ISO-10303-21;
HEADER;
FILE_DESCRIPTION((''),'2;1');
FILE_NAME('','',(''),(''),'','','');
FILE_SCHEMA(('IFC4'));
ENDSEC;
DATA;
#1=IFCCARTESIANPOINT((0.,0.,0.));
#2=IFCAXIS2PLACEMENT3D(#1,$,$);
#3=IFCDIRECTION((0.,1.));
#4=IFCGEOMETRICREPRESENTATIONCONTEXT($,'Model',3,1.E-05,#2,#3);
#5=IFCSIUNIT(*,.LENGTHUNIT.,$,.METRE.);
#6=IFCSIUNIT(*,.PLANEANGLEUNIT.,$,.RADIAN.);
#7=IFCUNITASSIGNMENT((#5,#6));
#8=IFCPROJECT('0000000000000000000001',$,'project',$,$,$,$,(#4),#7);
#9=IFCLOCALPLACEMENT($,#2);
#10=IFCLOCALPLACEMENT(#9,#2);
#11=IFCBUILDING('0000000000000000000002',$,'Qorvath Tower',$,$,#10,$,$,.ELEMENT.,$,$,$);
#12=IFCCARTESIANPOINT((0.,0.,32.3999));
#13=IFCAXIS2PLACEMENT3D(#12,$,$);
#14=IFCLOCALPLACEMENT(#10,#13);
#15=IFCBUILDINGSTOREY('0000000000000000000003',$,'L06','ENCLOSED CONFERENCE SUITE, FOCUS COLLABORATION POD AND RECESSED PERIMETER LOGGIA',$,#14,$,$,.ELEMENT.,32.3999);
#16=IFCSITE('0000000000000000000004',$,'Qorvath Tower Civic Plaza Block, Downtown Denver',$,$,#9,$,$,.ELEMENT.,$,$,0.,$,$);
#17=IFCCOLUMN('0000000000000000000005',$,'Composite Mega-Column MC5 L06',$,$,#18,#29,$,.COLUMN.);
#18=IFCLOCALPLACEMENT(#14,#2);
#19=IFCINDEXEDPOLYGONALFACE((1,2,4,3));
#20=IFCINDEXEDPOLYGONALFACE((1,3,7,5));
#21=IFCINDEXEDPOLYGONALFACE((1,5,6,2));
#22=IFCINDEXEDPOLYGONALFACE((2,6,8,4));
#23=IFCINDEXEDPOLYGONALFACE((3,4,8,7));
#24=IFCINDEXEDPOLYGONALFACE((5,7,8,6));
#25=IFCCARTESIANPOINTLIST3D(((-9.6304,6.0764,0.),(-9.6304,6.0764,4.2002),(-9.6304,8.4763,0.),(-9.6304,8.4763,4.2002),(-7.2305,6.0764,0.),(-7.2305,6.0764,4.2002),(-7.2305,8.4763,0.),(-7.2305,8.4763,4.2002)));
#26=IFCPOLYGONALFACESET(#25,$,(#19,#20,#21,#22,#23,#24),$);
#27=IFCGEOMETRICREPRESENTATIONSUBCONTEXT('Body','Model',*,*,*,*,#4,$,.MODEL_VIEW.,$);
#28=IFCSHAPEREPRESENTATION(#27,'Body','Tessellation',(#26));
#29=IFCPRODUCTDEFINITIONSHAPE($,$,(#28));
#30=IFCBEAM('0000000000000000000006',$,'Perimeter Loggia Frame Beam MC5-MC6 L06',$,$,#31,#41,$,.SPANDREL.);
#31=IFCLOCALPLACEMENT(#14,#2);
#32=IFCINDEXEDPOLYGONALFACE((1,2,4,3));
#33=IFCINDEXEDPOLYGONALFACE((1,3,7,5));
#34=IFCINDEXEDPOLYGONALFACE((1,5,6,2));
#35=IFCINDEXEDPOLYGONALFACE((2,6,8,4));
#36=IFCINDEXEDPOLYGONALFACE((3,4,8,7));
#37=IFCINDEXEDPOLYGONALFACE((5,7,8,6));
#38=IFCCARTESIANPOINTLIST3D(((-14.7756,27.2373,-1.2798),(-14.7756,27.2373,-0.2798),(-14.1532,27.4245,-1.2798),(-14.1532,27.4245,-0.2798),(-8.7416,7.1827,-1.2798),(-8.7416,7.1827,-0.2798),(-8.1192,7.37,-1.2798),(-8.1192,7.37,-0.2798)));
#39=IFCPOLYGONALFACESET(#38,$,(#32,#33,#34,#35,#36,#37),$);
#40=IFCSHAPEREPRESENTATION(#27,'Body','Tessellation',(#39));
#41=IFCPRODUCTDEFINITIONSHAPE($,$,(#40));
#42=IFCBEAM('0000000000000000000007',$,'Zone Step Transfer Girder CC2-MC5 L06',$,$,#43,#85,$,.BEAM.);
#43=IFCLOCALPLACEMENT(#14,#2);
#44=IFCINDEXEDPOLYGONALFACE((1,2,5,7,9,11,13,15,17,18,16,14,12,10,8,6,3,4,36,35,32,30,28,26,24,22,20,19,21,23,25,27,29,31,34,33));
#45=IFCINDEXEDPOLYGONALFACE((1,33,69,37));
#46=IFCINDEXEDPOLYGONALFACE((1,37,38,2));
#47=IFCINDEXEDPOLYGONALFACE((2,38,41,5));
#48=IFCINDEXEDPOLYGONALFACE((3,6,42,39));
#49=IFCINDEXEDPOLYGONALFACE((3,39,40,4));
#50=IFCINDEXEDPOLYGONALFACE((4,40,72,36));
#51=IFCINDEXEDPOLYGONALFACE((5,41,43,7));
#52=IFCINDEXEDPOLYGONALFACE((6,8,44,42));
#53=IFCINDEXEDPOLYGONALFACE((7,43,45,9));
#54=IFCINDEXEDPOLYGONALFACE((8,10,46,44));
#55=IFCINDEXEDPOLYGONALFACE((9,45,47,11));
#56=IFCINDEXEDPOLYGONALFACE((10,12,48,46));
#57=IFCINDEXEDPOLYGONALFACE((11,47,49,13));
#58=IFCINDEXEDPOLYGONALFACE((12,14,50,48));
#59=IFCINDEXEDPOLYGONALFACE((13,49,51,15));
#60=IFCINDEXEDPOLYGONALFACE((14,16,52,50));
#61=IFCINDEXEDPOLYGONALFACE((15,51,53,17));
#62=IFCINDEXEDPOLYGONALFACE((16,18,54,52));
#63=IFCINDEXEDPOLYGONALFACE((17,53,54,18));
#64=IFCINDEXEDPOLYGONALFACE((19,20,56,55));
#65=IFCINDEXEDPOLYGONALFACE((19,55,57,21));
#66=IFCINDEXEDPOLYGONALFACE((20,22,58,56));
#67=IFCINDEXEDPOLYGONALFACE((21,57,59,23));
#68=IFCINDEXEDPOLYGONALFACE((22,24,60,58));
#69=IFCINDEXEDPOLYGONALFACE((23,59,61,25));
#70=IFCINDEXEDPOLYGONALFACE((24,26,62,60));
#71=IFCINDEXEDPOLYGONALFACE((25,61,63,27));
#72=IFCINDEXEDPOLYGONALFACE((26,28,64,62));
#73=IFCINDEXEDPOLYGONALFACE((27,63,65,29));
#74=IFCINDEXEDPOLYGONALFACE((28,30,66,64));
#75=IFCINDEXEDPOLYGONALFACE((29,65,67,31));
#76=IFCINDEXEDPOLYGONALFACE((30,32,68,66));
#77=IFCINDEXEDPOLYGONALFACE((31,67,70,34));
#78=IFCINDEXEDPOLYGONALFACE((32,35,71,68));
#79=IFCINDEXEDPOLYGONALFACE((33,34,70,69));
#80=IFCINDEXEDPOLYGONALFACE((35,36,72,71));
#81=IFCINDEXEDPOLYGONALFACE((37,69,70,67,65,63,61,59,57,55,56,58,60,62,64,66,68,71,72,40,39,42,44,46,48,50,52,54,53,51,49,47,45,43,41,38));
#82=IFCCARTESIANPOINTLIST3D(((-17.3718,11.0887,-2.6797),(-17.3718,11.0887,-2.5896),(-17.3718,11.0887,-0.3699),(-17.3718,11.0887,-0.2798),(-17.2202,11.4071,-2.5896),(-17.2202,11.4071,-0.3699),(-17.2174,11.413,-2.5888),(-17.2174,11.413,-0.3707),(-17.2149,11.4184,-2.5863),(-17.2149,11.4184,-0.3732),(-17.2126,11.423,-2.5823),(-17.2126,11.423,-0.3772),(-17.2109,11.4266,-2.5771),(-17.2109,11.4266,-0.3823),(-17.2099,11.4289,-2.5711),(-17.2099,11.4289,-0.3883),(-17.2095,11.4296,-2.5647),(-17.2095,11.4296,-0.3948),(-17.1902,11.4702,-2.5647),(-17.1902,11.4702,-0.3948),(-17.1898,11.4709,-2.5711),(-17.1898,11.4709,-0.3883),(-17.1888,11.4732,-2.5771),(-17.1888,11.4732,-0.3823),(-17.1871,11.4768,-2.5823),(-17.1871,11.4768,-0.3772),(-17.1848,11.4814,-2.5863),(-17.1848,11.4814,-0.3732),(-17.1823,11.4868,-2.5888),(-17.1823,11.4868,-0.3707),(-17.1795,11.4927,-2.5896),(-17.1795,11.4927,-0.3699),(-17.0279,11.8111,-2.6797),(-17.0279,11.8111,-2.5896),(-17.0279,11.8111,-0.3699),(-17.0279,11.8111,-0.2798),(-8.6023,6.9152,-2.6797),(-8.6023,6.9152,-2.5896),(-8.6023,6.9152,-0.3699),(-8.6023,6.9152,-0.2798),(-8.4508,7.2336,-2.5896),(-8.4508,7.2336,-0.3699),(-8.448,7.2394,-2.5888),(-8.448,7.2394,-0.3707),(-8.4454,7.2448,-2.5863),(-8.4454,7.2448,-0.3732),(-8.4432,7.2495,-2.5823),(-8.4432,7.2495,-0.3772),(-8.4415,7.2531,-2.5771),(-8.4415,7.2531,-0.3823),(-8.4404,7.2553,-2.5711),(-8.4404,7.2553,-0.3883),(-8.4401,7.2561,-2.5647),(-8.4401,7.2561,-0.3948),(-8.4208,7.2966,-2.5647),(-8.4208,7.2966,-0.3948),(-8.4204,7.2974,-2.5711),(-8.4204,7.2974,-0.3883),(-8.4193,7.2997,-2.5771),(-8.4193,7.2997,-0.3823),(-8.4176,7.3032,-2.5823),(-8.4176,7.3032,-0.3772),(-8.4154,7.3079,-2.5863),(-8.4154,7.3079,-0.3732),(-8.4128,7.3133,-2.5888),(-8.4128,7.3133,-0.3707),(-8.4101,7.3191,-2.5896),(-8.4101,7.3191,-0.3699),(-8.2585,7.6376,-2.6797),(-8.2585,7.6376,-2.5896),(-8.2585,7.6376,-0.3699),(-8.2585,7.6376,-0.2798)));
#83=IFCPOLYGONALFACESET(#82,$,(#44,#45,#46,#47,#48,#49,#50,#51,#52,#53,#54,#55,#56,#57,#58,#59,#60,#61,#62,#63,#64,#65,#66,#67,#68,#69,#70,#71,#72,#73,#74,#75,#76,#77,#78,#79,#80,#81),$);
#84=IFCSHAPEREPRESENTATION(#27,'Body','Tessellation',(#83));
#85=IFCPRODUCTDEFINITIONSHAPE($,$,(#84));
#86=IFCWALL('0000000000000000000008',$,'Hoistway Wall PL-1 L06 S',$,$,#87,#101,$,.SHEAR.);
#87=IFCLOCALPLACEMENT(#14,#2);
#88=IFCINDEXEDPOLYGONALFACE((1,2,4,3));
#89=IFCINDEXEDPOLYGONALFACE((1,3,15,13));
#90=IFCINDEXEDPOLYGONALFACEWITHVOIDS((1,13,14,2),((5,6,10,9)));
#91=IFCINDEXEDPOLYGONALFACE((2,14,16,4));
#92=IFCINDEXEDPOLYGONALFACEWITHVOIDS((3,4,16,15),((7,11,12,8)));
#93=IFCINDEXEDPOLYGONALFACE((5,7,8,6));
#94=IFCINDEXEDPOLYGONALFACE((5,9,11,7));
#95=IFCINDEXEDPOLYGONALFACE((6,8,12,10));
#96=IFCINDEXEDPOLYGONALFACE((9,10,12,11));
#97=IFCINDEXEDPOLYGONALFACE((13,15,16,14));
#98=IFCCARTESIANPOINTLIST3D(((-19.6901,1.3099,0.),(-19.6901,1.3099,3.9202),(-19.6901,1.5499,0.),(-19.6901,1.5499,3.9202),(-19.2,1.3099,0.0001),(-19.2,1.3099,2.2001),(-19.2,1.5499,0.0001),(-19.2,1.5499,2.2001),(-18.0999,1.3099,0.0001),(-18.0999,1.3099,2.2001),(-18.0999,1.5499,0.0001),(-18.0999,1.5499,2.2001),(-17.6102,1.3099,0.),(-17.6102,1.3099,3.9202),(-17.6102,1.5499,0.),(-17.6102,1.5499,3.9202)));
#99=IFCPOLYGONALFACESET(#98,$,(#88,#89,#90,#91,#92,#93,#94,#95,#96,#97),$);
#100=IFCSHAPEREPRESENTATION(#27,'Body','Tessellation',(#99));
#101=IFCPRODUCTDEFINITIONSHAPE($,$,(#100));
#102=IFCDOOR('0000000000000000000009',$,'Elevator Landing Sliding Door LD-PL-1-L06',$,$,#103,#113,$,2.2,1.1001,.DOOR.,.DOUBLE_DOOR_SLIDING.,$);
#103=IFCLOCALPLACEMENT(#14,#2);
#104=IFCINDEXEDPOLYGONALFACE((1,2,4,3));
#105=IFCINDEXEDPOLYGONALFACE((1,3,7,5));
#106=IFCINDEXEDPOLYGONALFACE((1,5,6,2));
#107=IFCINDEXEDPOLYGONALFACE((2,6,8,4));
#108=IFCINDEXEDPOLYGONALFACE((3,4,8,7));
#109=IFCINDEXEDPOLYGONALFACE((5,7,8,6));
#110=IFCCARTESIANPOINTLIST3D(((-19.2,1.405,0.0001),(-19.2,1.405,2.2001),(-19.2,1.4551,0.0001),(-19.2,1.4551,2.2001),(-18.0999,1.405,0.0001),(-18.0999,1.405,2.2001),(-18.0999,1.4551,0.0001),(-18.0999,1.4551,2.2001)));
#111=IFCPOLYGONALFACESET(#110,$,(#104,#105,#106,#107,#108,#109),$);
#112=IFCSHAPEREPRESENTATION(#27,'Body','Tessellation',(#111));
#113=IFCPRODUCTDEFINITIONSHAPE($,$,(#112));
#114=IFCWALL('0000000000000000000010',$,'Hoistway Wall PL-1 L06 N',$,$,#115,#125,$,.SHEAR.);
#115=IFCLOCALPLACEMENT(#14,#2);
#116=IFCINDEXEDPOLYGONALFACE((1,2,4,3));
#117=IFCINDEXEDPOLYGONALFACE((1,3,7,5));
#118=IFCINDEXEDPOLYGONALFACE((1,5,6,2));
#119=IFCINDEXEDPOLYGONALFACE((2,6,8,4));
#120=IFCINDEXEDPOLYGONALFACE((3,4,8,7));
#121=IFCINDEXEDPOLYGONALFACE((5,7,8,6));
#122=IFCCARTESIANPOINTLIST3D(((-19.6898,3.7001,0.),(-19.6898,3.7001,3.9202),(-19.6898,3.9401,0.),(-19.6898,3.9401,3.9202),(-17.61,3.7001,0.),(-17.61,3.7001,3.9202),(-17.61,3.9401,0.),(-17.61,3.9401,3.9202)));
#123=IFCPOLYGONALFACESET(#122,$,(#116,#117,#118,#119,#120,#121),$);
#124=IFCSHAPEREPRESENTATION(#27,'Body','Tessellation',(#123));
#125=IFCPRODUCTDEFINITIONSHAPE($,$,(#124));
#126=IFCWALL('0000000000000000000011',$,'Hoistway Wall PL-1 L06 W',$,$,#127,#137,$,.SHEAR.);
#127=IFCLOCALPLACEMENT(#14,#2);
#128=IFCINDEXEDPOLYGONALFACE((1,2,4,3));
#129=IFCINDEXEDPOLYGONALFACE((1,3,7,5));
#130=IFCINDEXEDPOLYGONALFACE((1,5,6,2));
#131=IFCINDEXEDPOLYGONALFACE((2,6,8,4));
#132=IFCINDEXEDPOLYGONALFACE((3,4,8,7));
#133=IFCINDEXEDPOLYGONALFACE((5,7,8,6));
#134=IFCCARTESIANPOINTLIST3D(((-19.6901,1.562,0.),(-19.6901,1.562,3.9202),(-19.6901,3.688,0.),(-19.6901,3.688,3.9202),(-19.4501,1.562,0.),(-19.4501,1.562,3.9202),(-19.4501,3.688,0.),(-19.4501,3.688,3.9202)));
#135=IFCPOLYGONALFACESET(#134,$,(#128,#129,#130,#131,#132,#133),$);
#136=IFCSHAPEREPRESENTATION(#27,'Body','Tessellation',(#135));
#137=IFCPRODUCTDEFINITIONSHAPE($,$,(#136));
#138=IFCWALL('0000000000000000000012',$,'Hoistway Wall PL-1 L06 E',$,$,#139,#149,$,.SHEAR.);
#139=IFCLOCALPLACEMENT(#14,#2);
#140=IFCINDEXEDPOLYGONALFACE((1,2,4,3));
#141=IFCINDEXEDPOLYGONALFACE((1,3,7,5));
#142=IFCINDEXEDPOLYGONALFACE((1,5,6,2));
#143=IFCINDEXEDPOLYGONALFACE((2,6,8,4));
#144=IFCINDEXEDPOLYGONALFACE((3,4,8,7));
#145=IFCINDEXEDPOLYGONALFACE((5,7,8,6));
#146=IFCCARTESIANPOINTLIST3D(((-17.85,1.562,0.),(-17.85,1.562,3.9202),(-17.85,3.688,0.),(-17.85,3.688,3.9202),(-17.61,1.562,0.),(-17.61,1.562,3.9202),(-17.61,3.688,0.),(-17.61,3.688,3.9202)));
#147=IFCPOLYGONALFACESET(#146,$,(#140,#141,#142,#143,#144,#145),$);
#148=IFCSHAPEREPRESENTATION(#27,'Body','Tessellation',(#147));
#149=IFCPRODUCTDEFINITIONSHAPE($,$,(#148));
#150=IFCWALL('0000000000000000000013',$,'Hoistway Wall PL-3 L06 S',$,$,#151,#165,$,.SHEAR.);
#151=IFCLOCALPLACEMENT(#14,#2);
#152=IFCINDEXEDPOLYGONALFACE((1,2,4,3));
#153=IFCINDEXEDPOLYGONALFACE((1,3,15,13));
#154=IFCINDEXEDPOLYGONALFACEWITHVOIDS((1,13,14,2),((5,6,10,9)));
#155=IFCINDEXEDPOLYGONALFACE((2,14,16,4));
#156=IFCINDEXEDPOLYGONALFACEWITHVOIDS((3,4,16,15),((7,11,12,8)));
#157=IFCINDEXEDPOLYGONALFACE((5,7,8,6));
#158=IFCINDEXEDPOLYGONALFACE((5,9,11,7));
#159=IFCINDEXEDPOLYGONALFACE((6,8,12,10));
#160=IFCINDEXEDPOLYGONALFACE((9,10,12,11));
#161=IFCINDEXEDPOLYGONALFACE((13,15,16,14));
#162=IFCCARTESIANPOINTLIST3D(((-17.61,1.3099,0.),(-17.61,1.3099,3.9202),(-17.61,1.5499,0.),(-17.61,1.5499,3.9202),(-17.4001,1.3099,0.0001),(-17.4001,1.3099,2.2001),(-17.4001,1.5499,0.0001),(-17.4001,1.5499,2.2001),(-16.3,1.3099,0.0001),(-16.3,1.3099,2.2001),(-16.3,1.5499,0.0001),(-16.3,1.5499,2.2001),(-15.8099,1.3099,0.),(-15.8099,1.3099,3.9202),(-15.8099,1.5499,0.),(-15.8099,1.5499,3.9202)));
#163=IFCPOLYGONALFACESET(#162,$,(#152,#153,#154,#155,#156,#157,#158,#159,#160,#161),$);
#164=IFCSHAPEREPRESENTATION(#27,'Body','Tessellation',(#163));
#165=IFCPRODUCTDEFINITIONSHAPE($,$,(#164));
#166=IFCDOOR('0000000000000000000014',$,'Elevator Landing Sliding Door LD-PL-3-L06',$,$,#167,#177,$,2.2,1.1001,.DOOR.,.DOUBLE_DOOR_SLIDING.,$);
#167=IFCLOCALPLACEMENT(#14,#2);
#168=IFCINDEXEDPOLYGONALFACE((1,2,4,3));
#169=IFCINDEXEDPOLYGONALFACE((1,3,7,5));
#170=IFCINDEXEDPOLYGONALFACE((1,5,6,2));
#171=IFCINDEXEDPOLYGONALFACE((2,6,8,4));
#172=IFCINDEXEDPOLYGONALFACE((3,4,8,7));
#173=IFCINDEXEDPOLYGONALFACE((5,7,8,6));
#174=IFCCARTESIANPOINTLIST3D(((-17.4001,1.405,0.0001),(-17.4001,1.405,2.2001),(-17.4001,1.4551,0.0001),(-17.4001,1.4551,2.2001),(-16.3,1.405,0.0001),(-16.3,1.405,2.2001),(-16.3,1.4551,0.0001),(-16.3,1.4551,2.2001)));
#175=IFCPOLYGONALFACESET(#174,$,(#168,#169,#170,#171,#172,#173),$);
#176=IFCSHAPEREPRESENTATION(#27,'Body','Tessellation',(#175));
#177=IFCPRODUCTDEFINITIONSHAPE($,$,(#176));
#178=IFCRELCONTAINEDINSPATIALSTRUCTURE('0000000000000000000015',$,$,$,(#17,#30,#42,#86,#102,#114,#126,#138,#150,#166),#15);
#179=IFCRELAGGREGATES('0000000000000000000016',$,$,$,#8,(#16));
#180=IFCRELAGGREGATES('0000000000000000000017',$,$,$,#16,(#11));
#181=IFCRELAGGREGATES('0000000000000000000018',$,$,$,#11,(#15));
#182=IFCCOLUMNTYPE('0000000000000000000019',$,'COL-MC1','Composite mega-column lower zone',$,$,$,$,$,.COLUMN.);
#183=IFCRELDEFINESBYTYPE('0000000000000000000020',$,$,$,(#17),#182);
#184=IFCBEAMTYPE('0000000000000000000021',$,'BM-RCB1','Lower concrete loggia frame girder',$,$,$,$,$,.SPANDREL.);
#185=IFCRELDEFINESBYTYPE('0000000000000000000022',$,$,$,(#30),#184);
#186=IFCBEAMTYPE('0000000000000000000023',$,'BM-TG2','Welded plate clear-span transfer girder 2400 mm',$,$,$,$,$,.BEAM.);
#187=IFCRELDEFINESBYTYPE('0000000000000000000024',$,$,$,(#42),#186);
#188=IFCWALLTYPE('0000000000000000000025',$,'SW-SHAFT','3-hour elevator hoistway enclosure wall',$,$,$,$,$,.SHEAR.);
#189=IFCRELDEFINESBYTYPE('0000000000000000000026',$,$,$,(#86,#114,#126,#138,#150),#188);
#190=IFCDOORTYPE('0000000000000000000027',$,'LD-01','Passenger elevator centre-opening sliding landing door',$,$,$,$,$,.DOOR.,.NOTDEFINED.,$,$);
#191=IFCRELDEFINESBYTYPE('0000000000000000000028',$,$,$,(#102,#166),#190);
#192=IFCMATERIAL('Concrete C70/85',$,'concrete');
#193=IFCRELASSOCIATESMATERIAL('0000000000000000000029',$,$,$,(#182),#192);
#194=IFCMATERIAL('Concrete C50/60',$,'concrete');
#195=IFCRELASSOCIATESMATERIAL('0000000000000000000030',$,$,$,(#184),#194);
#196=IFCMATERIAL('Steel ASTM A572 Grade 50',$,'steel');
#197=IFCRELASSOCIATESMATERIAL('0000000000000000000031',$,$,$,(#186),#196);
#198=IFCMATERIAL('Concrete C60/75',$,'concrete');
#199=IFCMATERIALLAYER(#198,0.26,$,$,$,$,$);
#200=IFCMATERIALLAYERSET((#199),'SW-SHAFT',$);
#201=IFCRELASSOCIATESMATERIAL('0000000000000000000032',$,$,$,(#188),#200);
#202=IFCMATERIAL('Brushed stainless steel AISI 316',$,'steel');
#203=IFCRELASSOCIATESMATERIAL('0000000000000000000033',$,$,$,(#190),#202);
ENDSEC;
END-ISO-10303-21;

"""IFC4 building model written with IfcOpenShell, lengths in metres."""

from ifc_helpers import new_model, si_unit, direction, frame, frame_2d, origin, origin_2d, place, context, subcontext, project, spatial, rectangle, i_section, extrude, material, layer, layer_set, material_profile, profile_set, type_object, element, fill, save


model = new_model("IFC4")

# Units and contexts
model_context = context("Model", 3, precision=1e-05, world=origin(), true_north=direction((0.0, 1.0)))
body_context = subcontext(model_context, "Body", "Model", "MODEL_VIEW")
ifc_project = project(units=[si_unit("LENGTHUNIT", "METRE"), si_unit("PLANEANGLEUNIT", "RADIAN")], contexts=[model_context])

# Site, building, storey
site_placement = place(None, origin())
site = spatial("IfcSite", under=ifc_project, at=site_placement, Name="Qorvath Tower Civic Plaza Block, Downtown Denver", CompositionType="ELEMENT", RefElevation=0.0)
building_placement = place(site_placement, origin())
building = spatial("IfcBuilding", under=site, at=building_placement, Name="Qorvath Tower", CompositionType="ELEMENT")
storey_placement = place(building_placement, frame((0.0, 0.0, 32.3999)))
storey = spatial("IfcBuildingStorey", under=building, at=storey_placement, Name="L06", Description="ENCLOSED CONFERENCE SUITE, FOCUS COLLABORATION POD AND RECESSED PERIMETER LOGGIA", CompositionType="ELEMENT", Elevation=32.3999)

# Column
ifc_material_1 = material(Name="Concrete C70/85", Category="concrete")
ifc_material_profile_1 = material_profile(ifc_material_1, rectangle(XDim=2.3999, YDim=2.3999, at=origin_2d()), Name="MC 2400x2400")
ifc_profile_set_1 = profile_set([ifc_material_profile_1], Name="Concrete C70/85")
column_type = type_object("IfcColumnType", Name="COL-MC1", Description="Composite mega-column lower zone", PredefinedType="COLUMN", material=ifc_profile_set_1)
column_placement = place(storey_placement, frame((-8.4304, 7.2764, 0.0), z_axis=(0.0, 0.0, 1.0), x_axis=(1.0, 0.0, 0.0)))
element("IfcColumn", 1, at=column_placement, inside=storey, type_object=column_type, Name="Composite Mega-Column MC5 L06", PredefinedType="COLUMN", context=body_context, shape_type="SweptSolid", body=[
    extrude(rectangle(XDim=2.3999, YDim=2.3999, at=origin_2d()), origin(), (0.0, 0.0, 1.0), 4.2002),
])

# Beams
ifc_material_2 = material(Name="Concrete C50/60", Category="concrete")
ifc_material_profile_2 = material_profile(ifc_material_2, rectangle(XDim=0.6499, YDim=1.0, at=origin_2d()), Name="RCB 1000x650")
ifc_profile_set_2 = profile_set([ifc_material_profile_2], Name="Concrete C50/60")
beam_type_1 = type_object("IfcBeamType", Name="BM-RCB1", Description="Lower concrete loggia frame girder", PredefinedType="SPANDREL", material=ifc_profile_set_2)
beam_1_placement = place(storey_placement, frame((-8.4304, 7.2764, -0.7798), z_axis=(-0.288119, 0.957595, 0.0), x_axis=(-0.957595, -0.288119, 0.0)))
element("IfcBeam", 2, at=beam_1_placement, inside=storey, type_object=beam_type_1, Name="Perimeter Loggia Frame Beam MC5-MC6 L06", PredefinedType="SPANDREL", context=body_context, shape_type="SweptSolid", body=[
    extrude(rectangle(XDim=0.6499, YDim=1.0, at=origin_2d()), origin(), (0.0, 0.0, 1.0), 20.9426),
])
ifc_material_3 = material(Name="Steel ASTM A572 Grade 50", Category="steel")
ifc_material_profile_3 = material_profile(ifc_material_3, i_section(OverallWidth=0.8, OverallDepth=2.3999, WebThickness=0.0449, FlangeThickness=0.0901, FilletRadius=0.0249, at=origin_2d()), Name="WTG 2400x800")
ifc_profile_set_3 = profile_set([ifc_material_profile_3], Name="Steel ASTM A572 Grade 50")
beam_type_2 = type_object("IfcBeamType", Name="BM-TG2", Description="Welded plate clear-span transfer girder 2400 mm", PredefinedType="BEAM", material=ifc_profile_set_3)
beam_2_placement = place(storey_placement, frame((-8.4304, 7.2764, -1.4797), z_axis=(-0.902956, 0.429734, 0.0), x_axis=(-0.429734, -0.902956, 0.0)))
element("IfcBeam", 3, at=beam_2_placement, inside=storey, type_object=beam_type_2, Name="Zone Step Transfer Girder CC2-MC5 L06", PredefinedType="BEAM", context=body_context, shape_type="SweptSolid", body=[
    extrude(i_section(OverallWidth=0.8, OverallDepth=2.3999, WebThickness=0.0449, FlangeThickness=0.0901, FilletRadius=0.0249, at=origin_2d()), origin(), (0.0, 0.0, 1.0), 9.7119),
])

# Wall, opening, door
ifc_material_4 = material(Name="Concrete C60/75", Category="concrete")
ifc_layer_1 = layer(ifc_material_4, 0.26)
ifc_layer_set_1 = layer_set([ifc_layer_1], Name="SW-SHAFT")
wall_type_1 = type_object("IfcWallType", Name="SW-SHAFT", Description="3-hour elevator hoistway enclosure wall", PredefinedType="SHEAR", material=ifc_layer_set_1)
wall_1_placement = place(storey_placement, frame((-17.6101, 1.4299, 0.0), z_axis=(0.0, 0.0, 1.0), x_axis=(-1.0, 0.0, 0.0)))
wall_1 = element("IfcWall", 4, at=wall_1_placement, inside=storey, type_object=wall_type_1, Name="Hoistway Wall PL-1 L06 S", PredefinedType="SHEAR", context=body_context, shape_type="SweptSolid", body=[
    extrude(rectangle(XDim=2.0798, YDim=0.24, at=frame_2d((1.04, 0.0))), origin(), (0.0, 0.0, 1.0), 3.9202),
])
opening_1_placement = place(wall_1_placement, frame((0.4897, 0.0, 0.0)))
opening_1 = element("IfcOpeningElement", 5, at=opening_1_placement, cuts=wall_1, PredefinedType="OPENING", context=body_context, shape_type="SweptSolid", body=[
    extrude(rectangle(XDim=1.1001, YDim=2.2, at=frame_2d((0.55, 1.1001))), frame((0.0, 0.1299, 0.0), z_axis=(0.0, -1.0, 0.0), x_axis=(1.0, 0.0, 0.0)), (0.0, 0.0, 1.0), 0.26),
])
ifc_material_5 = material(Name="Brushed stainless steel AISI 316", Category="steel")
door_type = type_object("IfcDoorType", Name="LD-01", Description="Passenger elevator centre-opening sliding landing door", OperationType="NOTDEFINED", PredefinedType="DOOR", material=ifc_material_5)
door_1_placement = place(opening_1_placement, origin())
door_1 = element("IfcDoor", 6, at=door_1_placement, inside=storey, type_object=door_type, Name="Elevator Landing Sliding Door LD-PL-1-L06", OperationType="DOUBLE_DOOR_SLIDING", OverallHeight=2.2, OverallWidth=1.1001, PredefinedType="DOOR", context=body_context, shape_type="SweptSolid", body=[
    extrude(rectangle(XDim=1.1001, YDim=2.2, at=frame_2d((0.55, 1.1001))), frame((0.0, 0.0249, 0.0), z_axis=(0.0, -1.0, 0.0), x_axis=(1.0, 0.0, 0.0)), (0.0, 0.0, 1.0), 0.05),
])
fill(opening_1, door_1)

# Walls
wall_2_placement = place(storey_placement, frame((-19.6899, 3.8201, 0.0), z_axis=(0.0, 0.0, 1.0), x_axis=(1.0, 0.0, 0.0)))
element("IfcWall", 7, at=wall_2_placement, inside=storey, type_object=wall_type_1, Name="Hoistway Wall PL-1 L06 N", PredefinedType="SHEAR", context=body_context, shape_type="SweptSolid", body=[
    extrude(rectangle(XDim=2.0798, YDim=0.24, at=frame_2d((1.04, 0.0))), origin(), (0.0, 0.0, 1.0), 3.9202),
])
for number, where, z_axis, x_axis, name in (
    (8, (-19.5701, 1.562, 0.0), (0.0, 0.0, 1.0), (0.0, 1.0, 0.0), "Hoistway Wall PL-1 L06 W"),
    (9, (-17.73, 3.688, 0.0), (0.0, 0.0, 1.0), (0.0, -1.0, 0.0), "Hoistway Wall PL-1 L06 E"),
):
    element("IfcWall", number, at=place(storey_placement, frame(where, z_axis=z_axis, x_axis=x_axis)), inside=storey, type_object=wall_type_1, Name=name, PredefinedType="SHEAR", context=body_context, shape_type="SweptSolid", body=[
        extrude(rectangle(XDim=2.126, YDim=0.24, at=frame_2d((1.063, 0.0))), origin(), (0.0, 0.0, 1.0), 3.9202),
    ])

# Wall, opening, door
wall_3_placement = place(storey_placement, frame((-15.8101, 1.4299, 0.0), z_axis=(0.0, 0.0, 1.0), x_axis=(-1.0, 0.0, 0.0)))
wall_3 = element("IfcWall", 10, at=wall_3_placement, inside=storey, type_object=wall_type_1, Name="Hoistway Wall PL-3 L06 S", PredefinedType="SHEAR", context=body_context, shape_type="SweptSolid", body=[
    extrude(rectangle(XDim=1.8, YDim=0.24, at=frame_2d((0.8999, 0.0))), origin(), (0.0, 0.0, 1.0), 3.9202),
])
opening_2_placement = place(wall_3_placement, frame((0.49, 0.0, 0.0)))
opening_2 = element("IfcOpeningElement", 11, at=opening_2_placement, cuts=wall_3, PredefinedType="OPENING", context=body_context, shape_type="SweptSolid", body=[
    extrude(rectangle(XDim=1.1001, YDim=2.2, at=frame_2d((0.55, 1.1001))), frame((0.0, 0.1299, 0.0), z_axis=(0.0, -1.0, 0.0), x_axis=(1.0, 0.0, 0.0)), (0.0, 0.0, 1.0), 0.26),
])
door_2_placement = place(opening_2_placement, origin())
door_2 = element("IfcDoor", 12, at=door_2_placement, inside=storey, type_object=door_type, Name="Elevator Landing Sliding Door LD-PL-3-L06", OperationType="DOUBLE_DOOR_SLIDING", OverallHeight=2.2, OverallWidth=1.1001, PredefinedType="DOOR", context=body_context, shape_type="SweptSolid", body=[
    extrude(rectangle(XDim=1.1001, YDim=2.2, at=frame_2d((0.55, 1.1001))), frame((0.0, 0.0249, 0.0), z_axis=(0.0, -1.0, 0.0), x_axis=(1.0, 0.0, 0.0)), (0.0, 0.0, 1.0), 0.05),
])
fill(opening_2, door_2)

save(model, "model.ifc")
